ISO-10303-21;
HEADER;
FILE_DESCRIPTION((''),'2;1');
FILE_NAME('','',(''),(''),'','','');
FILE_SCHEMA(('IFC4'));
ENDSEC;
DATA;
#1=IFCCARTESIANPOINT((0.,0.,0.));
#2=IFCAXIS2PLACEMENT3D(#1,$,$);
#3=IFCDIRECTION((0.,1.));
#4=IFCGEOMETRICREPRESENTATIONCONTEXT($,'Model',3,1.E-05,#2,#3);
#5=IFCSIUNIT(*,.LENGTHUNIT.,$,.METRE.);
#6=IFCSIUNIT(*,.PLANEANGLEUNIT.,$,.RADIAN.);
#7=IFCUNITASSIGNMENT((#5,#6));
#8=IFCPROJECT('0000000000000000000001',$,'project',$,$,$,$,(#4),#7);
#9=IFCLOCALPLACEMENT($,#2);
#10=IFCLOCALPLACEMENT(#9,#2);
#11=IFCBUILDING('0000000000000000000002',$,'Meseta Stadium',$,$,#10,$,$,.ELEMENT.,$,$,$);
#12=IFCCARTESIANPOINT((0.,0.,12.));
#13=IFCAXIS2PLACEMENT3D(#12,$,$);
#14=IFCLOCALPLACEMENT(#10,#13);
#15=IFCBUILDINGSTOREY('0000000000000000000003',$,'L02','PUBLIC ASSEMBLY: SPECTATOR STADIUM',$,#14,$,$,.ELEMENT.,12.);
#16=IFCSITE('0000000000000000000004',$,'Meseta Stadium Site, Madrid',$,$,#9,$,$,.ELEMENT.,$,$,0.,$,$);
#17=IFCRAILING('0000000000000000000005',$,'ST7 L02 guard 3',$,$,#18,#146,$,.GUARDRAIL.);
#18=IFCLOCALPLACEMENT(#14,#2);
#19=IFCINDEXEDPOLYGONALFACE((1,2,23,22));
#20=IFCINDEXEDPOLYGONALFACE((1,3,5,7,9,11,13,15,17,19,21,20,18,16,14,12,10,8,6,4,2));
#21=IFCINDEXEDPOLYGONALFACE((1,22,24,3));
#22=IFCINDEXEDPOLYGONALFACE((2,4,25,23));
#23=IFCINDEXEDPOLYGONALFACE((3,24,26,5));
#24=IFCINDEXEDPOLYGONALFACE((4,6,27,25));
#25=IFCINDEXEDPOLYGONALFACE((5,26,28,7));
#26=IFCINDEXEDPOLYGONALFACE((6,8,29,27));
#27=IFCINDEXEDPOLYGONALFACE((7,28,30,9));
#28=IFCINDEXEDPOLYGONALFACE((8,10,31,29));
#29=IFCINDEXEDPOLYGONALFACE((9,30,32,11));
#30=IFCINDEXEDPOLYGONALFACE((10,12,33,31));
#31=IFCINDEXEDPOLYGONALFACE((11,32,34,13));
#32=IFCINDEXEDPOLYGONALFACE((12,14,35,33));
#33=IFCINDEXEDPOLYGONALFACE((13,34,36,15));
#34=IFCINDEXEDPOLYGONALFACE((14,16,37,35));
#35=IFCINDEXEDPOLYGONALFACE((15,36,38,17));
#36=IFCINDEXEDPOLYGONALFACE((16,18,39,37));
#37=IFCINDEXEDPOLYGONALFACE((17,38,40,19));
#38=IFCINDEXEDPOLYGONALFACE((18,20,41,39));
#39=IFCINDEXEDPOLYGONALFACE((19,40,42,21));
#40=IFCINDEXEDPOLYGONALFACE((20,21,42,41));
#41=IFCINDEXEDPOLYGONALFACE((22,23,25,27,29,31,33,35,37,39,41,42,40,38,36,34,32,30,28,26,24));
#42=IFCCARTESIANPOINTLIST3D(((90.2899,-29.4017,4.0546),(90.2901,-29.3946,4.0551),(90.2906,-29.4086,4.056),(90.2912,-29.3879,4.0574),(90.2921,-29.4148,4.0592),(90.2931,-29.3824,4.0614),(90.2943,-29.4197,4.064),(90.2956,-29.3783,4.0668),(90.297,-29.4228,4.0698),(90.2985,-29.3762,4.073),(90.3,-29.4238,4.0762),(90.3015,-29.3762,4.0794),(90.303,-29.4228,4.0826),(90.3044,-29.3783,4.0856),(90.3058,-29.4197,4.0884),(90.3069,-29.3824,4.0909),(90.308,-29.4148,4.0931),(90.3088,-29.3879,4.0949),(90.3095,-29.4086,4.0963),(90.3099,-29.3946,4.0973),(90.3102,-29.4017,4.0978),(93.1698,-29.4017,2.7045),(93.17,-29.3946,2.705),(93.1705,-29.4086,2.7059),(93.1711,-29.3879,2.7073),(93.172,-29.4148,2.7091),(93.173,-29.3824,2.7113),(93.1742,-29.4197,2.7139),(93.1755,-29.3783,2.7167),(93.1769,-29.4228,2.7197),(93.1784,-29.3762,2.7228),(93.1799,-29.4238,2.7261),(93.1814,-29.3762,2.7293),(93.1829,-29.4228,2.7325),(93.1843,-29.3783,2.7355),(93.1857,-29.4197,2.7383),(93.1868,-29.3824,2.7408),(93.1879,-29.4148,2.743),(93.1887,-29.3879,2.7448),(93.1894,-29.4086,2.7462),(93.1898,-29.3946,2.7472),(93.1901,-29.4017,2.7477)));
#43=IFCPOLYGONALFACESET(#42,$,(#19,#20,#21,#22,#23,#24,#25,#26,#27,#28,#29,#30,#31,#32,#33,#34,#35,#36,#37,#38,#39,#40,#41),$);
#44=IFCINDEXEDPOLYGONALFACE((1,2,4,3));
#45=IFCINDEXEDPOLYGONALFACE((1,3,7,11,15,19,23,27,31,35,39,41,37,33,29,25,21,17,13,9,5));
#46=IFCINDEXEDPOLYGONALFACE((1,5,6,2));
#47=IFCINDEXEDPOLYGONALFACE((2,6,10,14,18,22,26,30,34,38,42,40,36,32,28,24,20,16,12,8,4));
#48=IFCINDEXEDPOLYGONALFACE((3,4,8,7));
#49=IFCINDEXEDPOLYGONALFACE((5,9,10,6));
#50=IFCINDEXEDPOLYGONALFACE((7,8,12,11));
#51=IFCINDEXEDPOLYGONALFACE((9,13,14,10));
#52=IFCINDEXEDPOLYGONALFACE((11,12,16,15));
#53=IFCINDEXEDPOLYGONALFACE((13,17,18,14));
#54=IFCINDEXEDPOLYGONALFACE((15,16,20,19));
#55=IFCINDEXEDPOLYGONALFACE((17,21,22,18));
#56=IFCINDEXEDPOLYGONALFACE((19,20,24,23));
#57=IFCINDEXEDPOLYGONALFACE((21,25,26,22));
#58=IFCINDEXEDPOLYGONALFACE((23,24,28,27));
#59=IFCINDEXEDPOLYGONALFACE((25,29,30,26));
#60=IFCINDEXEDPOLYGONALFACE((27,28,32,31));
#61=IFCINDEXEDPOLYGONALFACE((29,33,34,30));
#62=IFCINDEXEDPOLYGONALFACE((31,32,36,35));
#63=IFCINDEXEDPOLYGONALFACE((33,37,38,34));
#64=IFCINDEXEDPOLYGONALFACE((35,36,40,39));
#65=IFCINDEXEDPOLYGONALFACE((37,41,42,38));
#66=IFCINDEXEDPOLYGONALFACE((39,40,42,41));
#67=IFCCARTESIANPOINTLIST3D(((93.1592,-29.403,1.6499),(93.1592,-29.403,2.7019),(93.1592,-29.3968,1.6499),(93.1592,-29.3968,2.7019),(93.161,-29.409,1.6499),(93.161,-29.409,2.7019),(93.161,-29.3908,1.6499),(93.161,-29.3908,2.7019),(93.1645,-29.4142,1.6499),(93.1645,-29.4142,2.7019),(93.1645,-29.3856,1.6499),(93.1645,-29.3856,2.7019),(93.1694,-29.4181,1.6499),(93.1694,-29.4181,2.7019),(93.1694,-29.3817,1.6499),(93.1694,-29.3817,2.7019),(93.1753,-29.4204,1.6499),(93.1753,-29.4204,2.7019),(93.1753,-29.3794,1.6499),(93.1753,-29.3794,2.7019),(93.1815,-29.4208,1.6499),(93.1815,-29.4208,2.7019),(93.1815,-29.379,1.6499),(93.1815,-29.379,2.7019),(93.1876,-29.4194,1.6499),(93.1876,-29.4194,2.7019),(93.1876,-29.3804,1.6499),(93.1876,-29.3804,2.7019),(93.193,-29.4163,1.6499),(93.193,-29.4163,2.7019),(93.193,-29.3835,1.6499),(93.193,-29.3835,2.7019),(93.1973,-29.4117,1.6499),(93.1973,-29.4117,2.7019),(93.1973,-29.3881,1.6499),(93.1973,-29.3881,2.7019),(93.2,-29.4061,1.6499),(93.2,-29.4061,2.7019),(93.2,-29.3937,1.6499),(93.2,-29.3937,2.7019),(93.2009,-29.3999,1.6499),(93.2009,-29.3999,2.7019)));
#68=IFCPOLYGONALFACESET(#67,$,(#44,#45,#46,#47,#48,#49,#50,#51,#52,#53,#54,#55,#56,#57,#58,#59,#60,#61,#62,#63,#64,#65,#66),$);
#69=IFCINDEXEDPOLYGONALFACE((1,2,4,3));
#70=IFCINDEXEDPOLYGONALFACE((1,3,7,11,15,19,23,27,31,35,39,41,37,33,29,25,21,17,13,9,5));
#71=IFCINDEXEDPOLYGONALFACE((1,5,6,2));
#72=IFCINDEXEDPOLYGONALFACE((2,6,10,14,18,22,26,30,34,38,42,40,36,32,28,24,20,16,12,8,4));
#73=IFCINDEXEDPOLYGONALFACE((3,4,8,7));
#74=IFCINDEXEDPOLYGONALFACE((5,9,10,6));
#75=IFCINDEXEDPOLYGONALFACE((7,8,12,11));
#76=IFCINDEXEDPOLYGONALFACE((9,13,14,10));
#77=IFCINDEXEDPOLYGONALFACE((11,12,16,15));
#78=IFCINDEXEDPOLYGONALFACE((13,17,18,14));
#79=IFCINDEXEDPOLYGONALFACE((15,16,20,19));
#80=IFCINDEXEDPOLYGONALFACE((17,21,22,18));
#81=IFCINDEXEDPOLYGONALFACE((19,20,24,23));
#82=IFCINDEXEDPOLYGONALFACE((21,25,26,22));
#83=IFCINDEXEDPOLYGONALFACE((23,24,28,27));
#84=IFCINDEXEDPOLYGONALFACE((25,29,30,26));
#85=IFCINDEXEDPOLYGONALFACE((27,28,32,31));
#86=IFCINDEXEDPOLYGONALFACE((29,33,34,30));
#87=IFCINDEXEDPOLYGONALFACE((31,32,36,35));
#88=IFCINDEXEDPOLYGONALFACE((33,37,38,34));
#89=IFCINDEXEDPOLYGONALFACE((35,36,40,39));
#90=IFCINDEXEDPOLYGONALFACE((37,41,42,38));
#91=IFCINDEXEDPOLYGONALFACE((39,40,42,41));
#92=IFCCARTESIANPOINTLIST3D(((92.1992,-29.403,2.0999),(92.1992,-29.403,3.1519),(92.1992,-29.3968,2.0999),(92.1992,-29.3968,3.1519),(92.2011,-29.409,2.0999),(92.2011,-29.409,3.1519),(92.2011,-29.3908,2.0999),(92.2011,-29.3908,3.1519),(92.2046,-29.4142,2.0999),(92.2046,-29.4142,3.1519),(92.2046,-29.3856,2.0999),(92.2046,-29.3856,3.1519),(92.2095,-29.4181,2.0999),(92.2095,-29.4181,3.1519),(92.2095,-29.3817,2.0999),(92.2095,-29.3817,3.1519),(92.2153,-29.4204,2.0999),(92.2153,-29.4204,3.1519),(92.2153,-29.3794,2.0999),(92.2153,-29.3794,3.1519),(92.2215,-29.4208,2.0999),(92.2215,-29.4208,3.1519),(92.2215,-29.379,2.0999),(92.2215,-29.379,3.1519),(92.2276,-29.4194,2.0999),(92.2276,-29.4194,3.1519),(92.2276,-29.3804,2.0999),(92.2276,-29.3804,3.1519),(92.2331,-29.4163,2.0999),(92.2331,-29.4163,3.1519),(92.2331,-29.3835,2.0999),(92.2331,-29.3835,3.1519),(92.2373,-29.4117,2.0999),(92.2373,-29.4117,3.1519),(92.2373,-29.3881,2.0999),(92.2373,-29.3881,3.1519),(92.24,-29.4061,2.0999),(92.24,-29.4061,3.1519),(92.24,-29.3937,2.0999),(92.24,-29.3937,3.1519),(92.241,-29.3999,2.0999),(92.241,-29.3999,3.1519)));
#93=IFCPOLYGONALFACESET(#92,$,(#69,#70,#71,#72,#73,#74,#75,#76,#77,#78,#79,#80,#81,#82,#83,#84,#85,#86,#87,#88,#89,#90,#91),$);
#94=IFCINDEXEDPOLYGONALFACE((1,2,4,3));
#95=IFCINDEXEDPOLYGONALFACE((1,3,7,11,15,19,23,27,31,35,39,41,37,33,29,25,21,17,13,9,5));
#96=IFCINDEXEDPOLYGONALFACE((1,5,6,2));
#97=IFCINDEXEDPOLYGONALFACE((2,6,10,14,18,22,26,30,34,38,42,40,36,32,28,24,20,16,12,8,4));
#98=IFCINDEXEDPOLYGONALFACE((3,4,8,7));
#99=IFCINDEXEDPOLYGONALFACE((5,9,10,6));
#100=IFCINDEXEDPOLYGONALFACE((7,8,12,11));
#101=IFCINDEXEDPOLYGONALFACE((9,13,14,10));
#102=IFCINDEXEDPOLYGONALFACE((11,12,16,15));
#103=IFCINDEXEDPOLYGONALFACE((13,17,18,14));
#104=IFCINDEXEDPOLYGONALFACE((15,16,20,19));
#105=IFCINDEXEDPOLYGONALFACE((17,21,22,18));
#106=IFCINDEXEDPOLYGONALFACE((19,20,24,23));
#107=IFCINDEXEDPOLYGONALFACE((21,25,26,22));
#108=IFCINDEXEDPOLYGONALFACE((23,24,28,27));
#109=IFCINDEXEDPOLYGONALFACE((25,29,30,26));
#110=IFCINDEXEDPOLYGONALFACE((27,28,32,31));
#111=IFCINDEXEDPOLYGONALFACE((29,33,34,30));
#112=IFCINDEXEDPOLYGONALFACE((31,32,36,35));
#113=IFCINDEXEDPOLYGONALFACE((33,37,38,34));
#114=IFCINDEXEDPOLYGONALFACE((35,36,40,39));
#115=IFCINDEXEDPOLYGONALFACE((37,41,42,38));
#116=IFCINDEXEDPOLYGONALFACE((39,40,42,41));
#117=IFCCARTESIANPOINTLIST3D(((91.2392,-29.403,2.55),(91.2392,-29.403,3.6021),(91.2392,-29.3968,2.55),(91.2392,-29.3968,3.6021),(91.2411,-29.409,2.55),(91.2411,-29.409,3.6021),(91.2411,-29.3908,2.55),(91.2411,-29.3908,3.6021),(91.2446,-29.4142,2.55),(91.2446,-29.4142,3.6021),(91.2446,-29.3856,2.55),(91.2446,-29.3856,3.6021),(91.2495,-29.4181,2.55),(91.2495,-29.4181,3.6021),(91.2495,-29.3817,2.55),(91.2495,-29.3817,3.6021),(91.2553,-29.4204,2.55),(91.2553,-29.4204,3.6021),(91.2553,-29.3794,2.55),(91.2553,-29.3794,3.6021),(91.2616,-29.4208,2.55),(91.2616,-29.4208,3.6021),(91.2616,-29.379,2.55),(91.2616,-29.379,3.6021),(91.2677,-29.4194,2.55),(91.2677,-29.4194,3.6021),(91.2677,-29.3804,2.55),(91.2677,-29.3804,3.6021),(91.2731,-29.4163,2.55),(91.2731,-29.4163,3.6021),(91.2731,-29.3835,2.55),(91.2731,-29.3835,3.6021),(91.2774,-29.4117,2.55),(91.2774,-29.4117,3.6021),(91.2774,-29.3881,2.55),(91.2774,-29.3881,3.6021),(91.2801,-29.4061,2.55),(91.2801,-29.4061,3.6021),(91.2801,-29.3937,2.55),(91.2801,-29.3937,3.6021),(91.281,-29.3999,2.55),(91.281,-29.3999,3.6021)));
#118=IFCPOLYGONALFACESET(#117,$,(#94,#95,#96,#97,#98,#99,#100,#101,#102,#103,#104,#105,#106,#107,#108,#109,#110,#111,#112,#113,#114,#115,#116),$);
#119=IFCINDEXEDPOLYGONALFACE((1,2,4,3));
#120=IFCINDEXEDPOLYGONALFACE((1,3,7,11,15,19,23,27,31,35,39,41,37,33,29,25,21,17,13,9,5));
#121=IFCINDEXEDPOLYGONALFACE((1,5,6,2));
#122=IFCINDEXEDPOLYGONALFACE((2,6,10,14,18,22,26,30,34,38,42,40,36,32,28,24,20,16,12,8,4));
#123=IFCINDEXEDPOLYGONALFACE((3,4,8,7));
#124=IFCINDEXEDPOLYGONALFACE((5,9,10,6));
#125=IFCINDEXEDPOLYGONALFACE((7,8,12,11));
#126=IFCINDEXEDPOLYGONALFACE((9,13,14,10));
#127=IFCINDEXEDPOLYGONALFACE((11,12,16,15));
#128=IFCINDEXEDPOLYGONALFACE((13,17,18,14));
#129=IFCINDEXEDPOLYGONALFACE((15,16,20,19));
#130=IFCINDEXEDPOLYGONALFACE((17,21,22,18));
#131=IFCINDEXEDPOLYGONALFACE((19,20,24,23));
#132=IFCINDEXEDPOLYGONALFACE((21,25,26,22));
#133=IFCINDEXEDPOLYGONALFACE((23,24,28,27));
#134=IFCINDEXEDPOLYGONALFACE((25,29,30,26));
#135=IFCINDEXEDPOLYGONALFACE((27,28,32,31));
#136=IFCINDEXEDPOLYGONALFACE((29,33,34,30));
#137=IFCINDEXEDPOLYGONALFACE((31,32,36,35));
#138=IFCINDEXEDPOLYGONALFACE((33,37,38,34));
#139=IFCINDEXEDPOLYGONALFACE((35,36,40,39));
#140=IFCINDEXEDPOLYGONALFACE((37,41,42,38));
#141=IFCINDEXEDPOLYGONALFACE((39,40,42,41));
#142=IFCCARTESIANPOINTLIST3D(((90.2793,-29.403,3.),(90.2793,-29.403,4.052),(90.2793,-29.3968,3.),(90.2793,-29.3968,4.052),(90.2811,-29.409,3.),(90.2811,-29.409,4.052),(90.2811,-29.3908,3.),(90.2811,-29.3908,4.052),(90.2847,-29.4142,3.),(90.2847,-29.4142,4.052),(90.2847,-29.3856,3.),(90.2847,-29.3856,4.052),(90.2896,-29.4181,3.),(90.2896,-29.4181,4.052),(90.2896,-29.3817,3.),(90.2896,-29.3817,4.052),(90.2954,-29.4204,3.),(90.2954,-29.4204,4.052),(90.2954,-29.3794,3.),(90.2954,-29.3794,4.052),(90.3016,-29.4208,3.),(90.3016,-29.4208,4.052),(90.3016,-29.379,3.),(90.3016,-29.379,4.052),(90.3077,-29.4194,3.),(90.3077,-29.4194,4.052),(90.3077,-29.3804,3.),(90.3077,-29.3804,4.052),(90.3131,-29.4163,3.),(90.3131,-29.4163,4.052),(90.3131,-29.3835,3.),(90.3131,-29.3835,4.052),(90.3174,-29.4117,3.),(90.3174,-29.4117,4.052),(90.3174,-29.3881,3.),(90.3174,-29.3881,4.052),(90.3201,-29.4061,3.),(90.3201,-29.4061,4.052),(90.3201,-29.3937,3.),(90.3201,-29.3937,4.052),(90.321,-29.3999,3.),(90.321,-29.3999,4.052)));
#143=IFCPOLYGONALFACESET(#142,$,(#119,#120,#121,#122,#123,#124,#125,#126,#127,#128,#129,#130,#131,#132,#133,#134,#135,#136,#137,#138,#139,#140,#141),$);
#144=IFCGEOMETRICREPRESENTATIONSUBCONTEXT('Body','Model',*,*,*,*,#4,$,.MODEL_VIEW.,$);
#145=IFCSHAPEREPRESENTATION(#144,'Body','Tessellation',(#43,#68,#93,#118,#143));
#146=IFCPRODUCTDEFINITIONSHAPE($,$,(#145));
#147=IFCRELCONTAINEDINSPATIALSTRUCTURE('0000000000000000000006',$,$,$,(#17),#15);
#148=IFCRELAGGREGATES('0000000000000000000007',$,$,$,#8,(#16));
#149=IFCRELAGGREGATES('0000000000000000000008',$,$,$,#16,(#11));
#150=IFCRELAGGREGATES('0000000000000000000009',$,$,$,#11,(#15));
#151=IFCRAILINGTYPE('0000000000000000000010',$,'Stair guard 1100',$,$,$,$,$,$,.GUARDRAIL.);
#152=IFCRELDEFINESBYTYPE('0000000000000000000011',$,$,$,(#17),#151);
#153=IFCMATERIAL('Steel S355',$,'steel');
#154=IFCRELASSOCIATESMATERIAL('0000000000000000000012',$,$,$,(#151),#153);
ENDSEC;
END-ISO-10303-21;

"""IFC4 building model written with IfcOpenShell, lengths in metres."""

from ifc_helpers import new_model, si_unit, direction, frame, origin, origin_2d, place, context, subcontext, project, spatial, circle, extrude, material, type_object, element, save


model = new_model("IFC4")

# Units and contexts
model_context = context("Model", 3, precision=1e-05, world=origin(), true_north=direction((0.0, 1.0)))
body_context = subcontext(model_context, "Body", "Model", "MODEL_VIEW")
ifc_project = project(units=[si_unit("LENGTHUNIT", "METRE"), si_unit("PLANEANGLEUNIT", "RADIAN")], contexts=[model_context])

# Site, building, storey
site_placement = place(None, origin())
site = spatial("IfcSite", under=ifc_project, at=site_placement, Name="Meseta Stadium Site, Madrid", CompositionType="ELEMENT", RefElevation=0.0)
building_placement = place(site_placement, origin())
building = spatial("IfcBuilding", under=site, at=building_placement, Name="Meseta Stadium", CompositionType="ELEMENT")
storey_placement = place(building_placement, frame((0.0, 0.0, 12.0)))
storey = spatial("IfcBuildingStorey", under=building, at=storey_placement, Name="L02", Description="PUBLIC ASSEMBLY: SPECTATOR STADIUM", CompositionType="ELEMENT", Elevation=12.0)

# Railing
ifc_material_1 = material(Name="Steel S355", Category="steel")
railing_type_1 = type_object("IfcRailingType", Name="Stair guard 1100", PredefinedType="GUARDRAIL", material=ifc_material_1)
railing_1_placement = place(storey_placement, frame((93.1799, -29.3999, 1.6499)))
element("IfcRailing", 1, at=railing_1_placement, inside=storey, type_object=railing_type_1, Name="ST7 L02 guard 3", PredefinedType="GUARDRAIL", context=body_context, shape_type="SweptSolid", body=[
    extrude(circle(Radius=0.0239, at=origin_2d()), frame((0.0, 0.0, 1.0762), z_axis=(-0.90544, 0.0, 0.424473), x_axis=(0.0, -1.0, 0.0)), (0.0, 0.0, 1.0), 3.1807),
    extrude(circle(Radius=0.021, at=origin_2d()), origin(), (0.0, 0.0, 1.0), 1.052),
    extrude(circle(Radius=0.021, at=origin_2d()), frame((-0.96, 0.0, 0.45)), (0.0, 0.0, 1.0), 1.052),
    extrude(circle(Radius=0.021, at=origin_2d()), frame((-1.9199, 0.0, 0.9001)), (0.0, 0.0, 1.0), 1.052),
    extrude(circle(Radius=0.021, at=origin_2d()), frame((-2.8799, 0.0, 1.3501)), (0.0, 0.0, 1.0), 1.052),
])

save(model, "model.ifc")
